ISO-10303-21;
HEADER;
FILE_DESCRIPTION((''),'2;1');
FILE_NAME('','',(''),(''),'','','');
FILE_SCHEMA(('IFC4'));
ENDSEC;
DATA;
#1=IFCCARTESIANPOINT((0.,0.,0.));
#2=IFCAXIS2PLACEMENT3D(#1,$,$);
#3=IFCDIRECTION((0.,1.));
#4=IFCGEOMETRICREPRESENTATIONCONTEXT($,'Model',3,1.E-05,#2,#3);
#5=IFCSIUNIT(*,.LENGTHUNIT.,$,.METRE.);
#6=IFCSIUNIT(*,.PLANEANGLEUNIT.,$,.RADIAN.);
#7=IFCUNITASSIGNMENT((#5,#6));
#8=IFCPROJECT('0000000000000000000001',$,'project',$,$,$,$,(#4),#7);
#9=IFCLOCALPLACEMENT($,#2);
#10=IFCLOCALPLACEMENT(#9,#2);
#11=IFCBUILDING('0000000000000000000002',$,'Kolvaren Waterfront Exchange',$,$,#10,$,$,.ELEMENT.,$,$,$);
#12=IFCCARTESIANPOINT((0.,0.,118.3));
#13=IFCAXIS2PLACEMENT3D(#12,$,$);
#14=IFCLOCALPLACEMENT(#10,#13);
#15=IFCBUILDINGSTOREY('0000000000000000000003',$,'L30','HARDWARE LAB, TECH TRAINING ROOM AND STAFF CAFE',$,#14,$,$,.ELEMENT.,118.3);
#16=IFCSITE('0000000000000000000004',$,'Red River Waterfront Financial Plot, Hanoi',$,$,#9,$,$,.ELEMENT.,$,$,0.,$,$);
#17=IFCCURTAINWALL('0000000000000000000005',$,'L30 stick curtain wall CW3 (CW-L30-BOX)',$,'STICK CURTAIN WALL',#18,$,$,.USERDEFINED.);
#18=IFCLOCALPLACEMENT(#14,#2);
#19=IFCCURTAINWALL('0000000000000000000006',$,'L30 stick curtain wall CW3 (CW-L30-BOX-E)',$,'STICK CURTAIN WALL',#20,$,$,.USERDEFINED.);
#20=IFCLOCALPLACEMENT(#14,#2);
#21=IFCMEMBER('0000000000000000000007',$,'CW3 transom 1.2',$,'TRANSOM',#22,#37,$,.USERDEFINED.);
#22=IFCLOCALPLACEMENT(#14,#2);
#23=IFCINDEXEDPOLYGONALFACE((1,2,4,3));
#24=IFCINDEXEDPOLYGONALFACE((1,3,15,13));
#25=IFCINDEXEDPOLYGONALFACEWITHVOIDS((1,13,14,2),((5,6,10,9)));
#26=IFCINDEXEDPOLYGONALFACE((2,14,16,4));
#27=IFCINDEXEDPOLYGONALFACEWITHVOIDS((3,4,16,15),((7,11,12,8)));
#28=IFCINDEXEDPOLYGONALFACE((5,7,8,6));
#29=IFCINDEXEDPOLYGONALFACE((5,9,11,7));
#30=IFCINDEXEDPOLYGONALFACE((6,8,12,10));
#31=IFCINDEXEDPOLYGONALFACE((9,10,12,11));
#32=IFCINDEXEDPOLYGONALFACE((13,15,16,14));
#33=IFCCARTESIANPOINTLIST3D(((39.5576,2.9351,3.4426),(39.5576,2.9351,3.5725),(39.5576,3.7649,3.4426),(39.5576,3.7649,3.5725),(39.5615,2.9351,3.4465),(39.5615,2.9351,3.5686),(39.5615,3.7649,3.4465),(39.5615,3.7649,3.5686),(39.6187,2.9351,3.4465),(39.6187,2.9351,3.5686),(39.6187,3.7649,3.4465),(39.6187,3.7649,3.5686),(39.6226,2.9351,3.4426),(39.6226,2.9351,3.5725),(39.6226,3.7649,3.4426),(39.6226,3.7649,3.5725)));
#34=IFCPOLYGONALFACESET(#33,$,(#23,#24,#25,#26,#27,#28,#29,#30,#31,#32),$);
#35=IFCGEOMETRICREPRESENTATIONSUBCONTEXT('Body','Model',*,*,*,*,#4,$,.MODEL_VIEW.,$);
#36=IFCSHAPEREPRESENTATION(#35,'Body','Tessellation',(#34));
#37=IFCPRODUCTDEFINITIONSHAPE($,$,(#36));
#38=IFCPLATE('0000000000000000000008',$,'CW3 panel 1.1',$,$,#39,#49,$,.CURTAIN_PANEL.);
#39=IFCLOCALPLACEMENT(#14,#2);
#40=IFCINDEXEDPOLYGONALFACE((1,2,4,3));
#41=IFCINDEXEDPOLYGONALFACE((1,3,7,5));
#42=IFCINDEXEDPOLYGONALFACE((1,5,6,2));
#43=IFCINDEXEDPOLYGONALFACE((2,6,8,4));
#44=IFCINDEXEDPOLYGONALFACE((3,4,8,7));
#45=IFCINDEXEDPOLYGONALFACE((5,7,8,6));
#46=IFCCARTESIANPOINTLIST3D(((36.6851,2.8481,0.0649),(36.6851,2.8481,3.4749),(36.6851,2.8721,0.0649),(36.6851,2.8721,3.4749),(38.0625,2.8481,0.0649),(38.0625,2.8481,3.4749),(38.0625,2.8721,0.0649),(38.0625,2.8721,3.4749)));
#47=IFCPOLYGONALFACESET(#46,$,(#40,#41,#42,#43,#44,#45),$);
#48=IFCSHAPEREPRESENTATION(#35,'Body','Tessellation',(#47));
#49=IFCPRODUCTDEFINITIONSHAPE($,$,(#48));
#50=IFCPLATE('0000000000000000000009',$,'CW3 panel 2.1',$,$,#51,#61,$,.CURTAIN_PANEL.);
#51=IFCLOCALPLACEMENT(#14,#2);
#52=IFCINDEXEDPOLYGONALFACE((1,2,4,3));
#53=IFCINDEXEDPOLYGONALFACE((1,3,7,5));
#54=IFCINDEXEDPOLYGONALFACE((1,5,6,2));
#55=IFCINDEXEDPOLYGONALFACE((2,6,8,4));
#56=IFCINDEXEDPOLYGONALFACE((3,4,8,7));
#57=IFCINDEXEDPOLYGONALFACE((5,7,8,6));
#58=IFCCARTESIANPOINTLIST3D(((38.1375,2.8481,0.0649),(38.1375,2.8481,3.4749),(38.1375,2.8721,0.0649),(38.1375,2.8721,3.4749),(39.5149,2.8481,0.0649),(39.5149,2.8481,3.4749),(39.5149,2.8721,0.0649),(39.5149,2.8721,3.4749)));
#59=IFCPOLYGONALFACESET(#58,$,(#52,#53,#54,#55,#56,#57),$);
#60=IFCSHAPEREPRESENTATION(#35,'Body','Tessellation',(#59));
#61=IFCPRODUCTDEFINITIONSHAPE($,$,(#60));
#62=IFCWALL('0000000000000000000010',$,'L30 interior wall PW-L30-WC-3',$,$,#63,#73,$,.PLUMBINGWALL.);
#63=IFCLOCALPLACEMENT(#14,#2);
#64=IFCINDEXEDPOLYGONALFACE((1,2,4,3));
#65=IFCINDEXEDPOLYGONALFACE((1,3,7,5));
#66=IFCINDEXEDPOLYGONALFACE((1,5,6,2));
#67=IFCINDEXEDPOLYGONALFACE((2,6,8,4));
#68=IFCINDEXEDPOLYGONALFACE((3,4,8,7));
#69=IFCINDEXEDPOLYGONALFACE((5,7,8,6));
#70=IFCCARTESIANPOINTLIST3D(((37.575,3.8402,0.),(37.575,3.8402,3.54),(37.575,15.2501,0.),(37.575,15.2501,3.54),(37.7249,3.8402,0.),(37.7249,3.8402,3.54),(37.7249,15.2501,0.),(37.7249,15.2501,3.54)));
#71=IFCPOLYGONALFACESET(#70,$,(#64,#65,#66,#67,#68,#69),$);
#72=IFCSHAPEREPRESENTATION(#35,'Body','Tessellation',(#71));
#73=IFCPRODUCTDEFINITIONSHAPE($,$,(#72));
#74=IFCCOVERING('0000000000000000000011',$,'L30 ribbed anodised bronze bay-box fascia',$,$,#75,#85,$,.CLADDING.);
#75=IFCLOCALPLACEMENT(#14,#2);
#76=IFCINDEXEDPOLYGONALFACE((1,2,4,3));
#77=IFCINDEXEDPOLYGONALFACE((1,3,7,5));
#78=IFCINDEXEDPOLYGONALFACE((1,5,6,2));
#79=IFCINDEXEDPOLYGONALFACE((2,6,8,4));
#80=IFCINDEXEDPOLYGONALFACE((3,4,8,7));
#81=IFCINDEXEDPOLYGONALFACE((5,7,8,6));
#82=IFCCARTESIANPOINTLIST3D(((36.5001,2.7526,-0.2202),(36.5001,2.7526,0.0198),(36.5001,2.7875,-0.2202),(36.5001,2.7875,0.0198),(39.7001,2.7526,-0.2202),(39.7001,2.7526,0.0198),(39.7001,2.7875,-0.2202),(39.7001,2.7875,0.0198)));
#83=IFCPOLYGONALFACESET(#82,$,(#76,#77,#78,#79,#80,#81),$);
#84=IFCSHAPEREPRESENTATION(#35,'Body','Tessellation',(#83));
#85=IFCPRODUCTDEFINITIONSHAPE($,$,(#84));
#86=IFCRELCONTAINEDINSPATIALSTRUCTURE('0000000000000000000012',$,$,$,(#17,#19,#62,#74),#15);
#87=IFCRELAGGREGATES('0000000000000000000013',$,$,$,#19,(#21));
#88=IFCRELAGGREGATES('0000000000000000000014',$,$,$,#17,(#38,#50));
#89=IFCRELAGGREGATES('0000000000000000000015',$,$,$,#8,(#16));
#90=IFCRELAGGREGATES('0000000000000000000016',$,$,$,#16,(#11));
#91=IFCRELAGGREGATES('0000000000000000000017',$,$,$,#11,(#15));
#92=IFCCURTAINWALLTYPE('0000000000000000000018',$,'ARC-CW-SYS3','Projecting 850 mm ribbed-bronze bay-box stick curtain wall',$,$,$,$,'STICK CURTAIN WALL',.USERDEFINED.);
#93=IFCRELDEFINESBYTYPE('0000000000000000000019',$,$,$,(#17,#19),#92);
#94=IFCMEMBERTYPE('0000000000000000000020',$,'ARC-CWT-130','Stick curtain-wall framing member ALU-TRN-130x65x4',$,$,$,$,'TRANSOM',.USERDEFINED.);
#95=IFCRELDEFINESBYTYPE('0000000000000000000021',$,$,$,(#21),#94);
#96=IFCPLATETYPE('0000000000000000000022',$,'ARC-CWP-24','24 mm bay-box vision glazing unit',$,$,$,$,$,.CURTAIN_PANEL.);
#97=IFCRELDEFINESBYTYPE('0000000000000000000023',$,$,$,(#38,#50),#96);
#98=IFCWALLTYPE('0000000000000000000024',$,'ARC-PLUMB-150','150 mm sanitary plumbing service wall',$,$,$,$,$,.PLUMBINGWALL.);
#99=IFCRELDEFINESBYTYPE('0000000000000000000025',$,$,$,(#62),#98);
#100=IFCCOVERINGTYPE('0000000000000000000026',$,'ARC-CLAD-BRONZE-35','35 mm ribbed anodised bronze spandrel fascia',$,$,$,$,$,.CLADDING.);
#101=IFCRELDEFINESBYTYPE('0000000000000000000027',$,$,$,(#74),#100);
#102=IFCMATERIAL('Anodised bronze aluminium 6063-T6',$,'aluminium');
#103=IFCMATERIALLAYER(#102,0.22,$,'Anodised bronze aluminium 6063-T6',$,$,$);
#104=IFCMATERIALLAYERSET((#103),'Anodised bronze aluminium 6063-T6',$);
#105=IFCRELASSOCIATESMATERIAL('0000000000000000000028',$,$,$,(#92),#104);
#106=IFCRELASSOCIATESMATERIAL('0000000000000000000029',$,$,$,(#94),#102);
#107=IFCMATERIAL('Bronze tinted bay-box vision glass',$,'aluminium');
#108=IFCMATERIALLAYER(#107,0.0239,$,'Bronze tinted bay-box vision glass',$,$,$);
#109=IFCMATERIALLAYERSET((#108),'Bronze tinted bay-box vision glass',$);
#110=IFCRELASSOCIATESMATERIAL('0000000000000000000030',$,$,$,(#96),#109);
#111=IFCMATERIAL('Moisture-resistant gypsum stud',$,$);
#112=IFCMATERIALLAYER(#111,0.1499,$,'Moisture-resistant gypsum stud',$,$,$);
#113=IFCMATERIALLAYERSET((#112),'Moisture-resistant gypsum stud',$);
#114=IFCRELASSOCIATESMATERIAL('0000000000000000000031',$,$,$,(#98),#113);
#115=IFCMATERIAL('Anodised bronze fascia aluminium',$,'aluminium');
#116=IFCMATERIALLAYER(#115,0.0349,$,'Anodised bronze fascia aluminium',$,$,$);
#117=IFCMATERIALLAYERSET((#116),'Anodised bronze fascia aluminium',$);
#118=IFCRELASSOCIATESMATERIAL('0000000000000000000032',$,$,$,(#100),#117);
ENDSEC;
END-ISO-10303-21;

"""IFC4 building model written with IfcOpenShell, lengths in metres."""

from ifc_helpers import new_model, si_unit, direction, frame, frame_2d, origin, origin_with_axes, origin_2d, place, context, subcontext, project, spatial, rectangle, hollow_rectangle, extrude, source, transform, mapped, material, layer, layer_set, material_profile, profile_set, type_object, element, aggregate, save


model = new_model("IFC4")

# Units and contexts
model_context = context("Model", 3, precision=1e-05, world=origin(), true_north=direction((0.0, 1.0)))
body_context = subcontext(model_context, "Body", "Model", "MODEL_VIEW")
ifc_project = project(units=[si_unit("LENGTHUNIT", "METRE"), si_unit("PLANEANGLEUNIT", "RADIAN")], contexts=[model_context])

# Site, building, storey
site_placement = place(None, origin())
site = spatial("IfcSite", under=ifc_project, at=site_placement, Name="Red River Waterfront Financial Plot, Hanoi", CompositionType="ELEMENT", RefElevation=0.0)
building_placement = place(site_placement, origin())
building = spatial("IfcBuilding", under=site, at=building_placement, Name="Kolvaren Waterfront Exchange", CompositionType="ELEMENT")
storey_placement = place(building_placement, frame((0.0, 0.0, 118.3)))
storey = spatial("IfcBuildingStorey", under=building, at=storey_placement, Name="L30", Description="HARDWARE LAB, TECH TRAINING ROOM AND STAFF CAFE", CompositionType="ELEMENT", Elevation=118.3)

# Shared definitions
ifc_material_1 = material(Name="Anodised bronze aluminium 6063-T6", Category="aluminium")
ifc_layer_1 = layer(ifc_material_1, 0.22, Name="Anodised bronze aluminium 6063-T6")
ifc_layer_set_1 = layer_set([ifc_layer_1], Name="Anodised bronze aluminium 6063-T6")
curtain_wall_type = type_object("IfcCurtainWallType", Name="ARC-CW-SYS3", Description="Projecting 850 mm ribbed-bronze bay-box stick curtain wall", ElementType="STICK CURTAIN WALL", PredefinedType="USERDEFINED", material=ifc_layer_set_1)

# Curtain wall
curtain_wall_1_placement = place(storey_placement, origin())
curtain_wall_1 = element("IfcCurtainWall", 1, at=curtain_wall_1_placement, inside=storey, type_object=curtain_wall_type, Name="L30 stick curtain wall CW3 (CW-L30-BOX)", ObjectType="STICK CURTAIN WALL", PredefinedType="USERDEFINED")

# Curtain wall
curtain_wall_2_placement = place(storey_placement, origin())
curtain_wall_2 = element("IfcCurtainWall", 2, at=curtain_wall_2_placement, inside=storey, type_object=curtain_wall_type, Name="L30 stick curtain wall CW3 (CW-L30-BOX-E)", ObjectType="STICK CURTAIN WALL", PredefinedType="USERDEFINED")

# Member
ifc_material_profile_1 = material_profile(ifc_material_1, hollow_rectangle(XDim=0.0649, YDim=0.1299, WallThickness=0.0039, at=origin_2d()), Name="ALU-TRN-130x65x4")
ifc_profile_set_1 = profile_set([ifc_material_profile_1], Name="Anodised bronze aluminium 6063-T6")
member_type_1 = type_object("IfcMemberType", Name="ARC-CWT-130", Description="Stick curtain-wall framing member ALU-TRN-130x65x4", ElementType="TRANSOM", PredefinedType="USERDEFINED", material=ifc_profile_set_1)
shared_shape_1 = source(origin_with_axes(), body_context, "Body", "SweptSolid", [
    extrude(hollow_rectangle(XDim=0.0649, YDim=0.1299, WallThickness=0.0039, at=origin_2d()), origin(), (0.0, 0.0, 1.0), 0.8298),
])
member_1_placement = place(storey_placement, frame((39.5901, 2.9351, 3.5076), z_axis=(0.0, 1.0, 0.0), x_axis=(-1.0, 0.0, 0.0)))
member_1 = element("IfcMember", 3, at=member_1_placement, type_object=member_type_1, Name="CW3 transom 1.2", ObjectType="TRANSOM", PredefinedType="USERDEFINED", context=body_context, shape_type="MappedRepresentation", body=[
    mapped(shared_shape_1, transform((0.0, 0.0, 0.0), x_axis=(1.0, 0.0, 0.0), y_axis=(0.0, 1.0, 0.0), z_axis=(0.0, 0.0, 1.0), scale=1.0)),
])
aggregate(curtain_wall_2, [member_1])

# Plates
ifc_material_2 = material(Name="Bronze tinted bay-box vision glass", Category="aluminium")
ifc_layer_2 = layer(ifc_material_2, 0.0239, Name="Bronze tinted bay-box vision glass")
ifc_layer_set_2 = layer_set([ifc_layer_2], Name="Bronze tinted bay-box vision glass")
plate_type = type_object("IfcPlateType", Name="ARC-CWP-24", Description="24 mm bay-box vision glazing unit", PredefinedType="CURTAIN_PANEL", material=ifc_layer_set_2)
shared_shape_2 = source(origin_with_axes(), body_context, "Body", "SweptSolid", [
    extrude(rectangle(XDim=1.3774, YDim=0.0239, at=origin_2d()), origin(), (0.0, 0.0, 1.0), 3.4099),
])
plate_1_placement = place(storey_placement, frame((37.3738, 2.8601, 0.0649), z_axis=(0.0, 0.0, 1.0), x_axis=(1.0, 0.0, 0.0)))
plate_1 = element("IfcPlate", 4, at=plate_1_placement, type_object=plate_type, Name="CW3 panel 1.1", PredefinedType="CURTAIN_PANEL", context=body_context, shape_type="MappedRepresentation", body=[
    mapped(shared_shape_2, transform((0.0, 0.0, 0.0), x_axis=(1.0, 0.0, 0.0), y_axis=(0.0, 1.0, 0.0), z_axis=(0.0, 0.0, 1.0), scale=1.0)),
])
plate_2_placement = place(storey_placement, frame((38.8262, 2.8601, 0.0649), z_axis=(0.0, 0.0, 1.0), x_axis=(1.0, 0.0, 0.0)))
plate_2 = element("IfcPlate", 5, at=plate_2_placement, type_object=plate_type, Name="CW3 panel 2.1", PredefinedType="CURTAIN_PANEL", context=body_context, shape_type="MappedRepresentation", body=[
    mapped(shared_shape_2, transform((0.0, 0.0, 0.0), x_axis=(1.0, 0.0, 0.0), y_axis=(0.0, 1.0, 0.0), z_axis=(0.0, 0.0, 1.0), scale=1.0)),
])
aggregate(curtain_wall_1, [plate_1, plate_2])

# Wall
ifc_material_3 = material(Name="Moisture-resistant gypsum stud")
ifc_layer_3 = layer(ifc_material_3, 0.1499, Name="Moisture-resistant gypsum stud")
ifc_layer_set_3 = layer_set([ifc_layer_3], Name="Moisture-resistant gypsum stud")
wall_type = type_object("IfcWallType", Name="ARC-PLUMB-150", Description="150 mm sanitary plumbing service wall", PredefinedType="PLUMBINGWALL", material=ifc_layer_set_3)
wall_placement = place(storey_placement, frame((37.6499, 3.8401, 0.0), z_axis=(0.0, 0.0, 1.0), x_axis=(0.0, 1.0, 0.0)))
element("IfcWall", 6, at=wall_placement, inside=storey, type_object=wall_type, Name="L30 interior wall PW-L30-WC-3", PredefinedType="PLUMBINGWALL", context=body_context, shape_type="SweptSolid", body=[
    extrude(rectangle(XDim=11.4099, YDim=0.1499, at=frame_2d((5.7051, 0.0))), origin(), (0.0, 0.0, 1.0), 3.54),
])

# Covering
ifc_material_4 = material(Name="Anodised bronze fascia aluminium", Category="aluminium")
ifc_layer_4 = layer(ifc_material_4, 0.0349, Name="Anodised bronze fascia aluminium")
ifc_layer_set_4 = layer_set([ifc_layer_4], Name="Anodised bronze fascia aluminium")
covering_type = type_object("IfcCoveringType", Name="ARC-CLAD-BRONZE-35", Description="35 mm ribbed anodised bronze spandrel fascia", PredefinedType="CLADDING", material=ifc_layer_set_4)
covering_placement = place(storey_placement, frame((38.1001, 2.77, -0.2202), z_axis=(0.0, 0.0, 1.0), x_axis=(1.0, 0.0, 0.0)))
element("IfcCovering", 7, at=covering_placement, inside=storey, type_object=covering_type, Name="L30 ribbed anodised bronze bay-box fascia", PredefinedType="CLADDING", context=body_context, shape_type="SweptSolid", body=[
    extrude(rectangle(XDim=3.2, YDim=0.0349, at=origin_2d()), origin(), (0.0, 0.0, 1.0), 0.24),
])

save(model, "model.ifc")
